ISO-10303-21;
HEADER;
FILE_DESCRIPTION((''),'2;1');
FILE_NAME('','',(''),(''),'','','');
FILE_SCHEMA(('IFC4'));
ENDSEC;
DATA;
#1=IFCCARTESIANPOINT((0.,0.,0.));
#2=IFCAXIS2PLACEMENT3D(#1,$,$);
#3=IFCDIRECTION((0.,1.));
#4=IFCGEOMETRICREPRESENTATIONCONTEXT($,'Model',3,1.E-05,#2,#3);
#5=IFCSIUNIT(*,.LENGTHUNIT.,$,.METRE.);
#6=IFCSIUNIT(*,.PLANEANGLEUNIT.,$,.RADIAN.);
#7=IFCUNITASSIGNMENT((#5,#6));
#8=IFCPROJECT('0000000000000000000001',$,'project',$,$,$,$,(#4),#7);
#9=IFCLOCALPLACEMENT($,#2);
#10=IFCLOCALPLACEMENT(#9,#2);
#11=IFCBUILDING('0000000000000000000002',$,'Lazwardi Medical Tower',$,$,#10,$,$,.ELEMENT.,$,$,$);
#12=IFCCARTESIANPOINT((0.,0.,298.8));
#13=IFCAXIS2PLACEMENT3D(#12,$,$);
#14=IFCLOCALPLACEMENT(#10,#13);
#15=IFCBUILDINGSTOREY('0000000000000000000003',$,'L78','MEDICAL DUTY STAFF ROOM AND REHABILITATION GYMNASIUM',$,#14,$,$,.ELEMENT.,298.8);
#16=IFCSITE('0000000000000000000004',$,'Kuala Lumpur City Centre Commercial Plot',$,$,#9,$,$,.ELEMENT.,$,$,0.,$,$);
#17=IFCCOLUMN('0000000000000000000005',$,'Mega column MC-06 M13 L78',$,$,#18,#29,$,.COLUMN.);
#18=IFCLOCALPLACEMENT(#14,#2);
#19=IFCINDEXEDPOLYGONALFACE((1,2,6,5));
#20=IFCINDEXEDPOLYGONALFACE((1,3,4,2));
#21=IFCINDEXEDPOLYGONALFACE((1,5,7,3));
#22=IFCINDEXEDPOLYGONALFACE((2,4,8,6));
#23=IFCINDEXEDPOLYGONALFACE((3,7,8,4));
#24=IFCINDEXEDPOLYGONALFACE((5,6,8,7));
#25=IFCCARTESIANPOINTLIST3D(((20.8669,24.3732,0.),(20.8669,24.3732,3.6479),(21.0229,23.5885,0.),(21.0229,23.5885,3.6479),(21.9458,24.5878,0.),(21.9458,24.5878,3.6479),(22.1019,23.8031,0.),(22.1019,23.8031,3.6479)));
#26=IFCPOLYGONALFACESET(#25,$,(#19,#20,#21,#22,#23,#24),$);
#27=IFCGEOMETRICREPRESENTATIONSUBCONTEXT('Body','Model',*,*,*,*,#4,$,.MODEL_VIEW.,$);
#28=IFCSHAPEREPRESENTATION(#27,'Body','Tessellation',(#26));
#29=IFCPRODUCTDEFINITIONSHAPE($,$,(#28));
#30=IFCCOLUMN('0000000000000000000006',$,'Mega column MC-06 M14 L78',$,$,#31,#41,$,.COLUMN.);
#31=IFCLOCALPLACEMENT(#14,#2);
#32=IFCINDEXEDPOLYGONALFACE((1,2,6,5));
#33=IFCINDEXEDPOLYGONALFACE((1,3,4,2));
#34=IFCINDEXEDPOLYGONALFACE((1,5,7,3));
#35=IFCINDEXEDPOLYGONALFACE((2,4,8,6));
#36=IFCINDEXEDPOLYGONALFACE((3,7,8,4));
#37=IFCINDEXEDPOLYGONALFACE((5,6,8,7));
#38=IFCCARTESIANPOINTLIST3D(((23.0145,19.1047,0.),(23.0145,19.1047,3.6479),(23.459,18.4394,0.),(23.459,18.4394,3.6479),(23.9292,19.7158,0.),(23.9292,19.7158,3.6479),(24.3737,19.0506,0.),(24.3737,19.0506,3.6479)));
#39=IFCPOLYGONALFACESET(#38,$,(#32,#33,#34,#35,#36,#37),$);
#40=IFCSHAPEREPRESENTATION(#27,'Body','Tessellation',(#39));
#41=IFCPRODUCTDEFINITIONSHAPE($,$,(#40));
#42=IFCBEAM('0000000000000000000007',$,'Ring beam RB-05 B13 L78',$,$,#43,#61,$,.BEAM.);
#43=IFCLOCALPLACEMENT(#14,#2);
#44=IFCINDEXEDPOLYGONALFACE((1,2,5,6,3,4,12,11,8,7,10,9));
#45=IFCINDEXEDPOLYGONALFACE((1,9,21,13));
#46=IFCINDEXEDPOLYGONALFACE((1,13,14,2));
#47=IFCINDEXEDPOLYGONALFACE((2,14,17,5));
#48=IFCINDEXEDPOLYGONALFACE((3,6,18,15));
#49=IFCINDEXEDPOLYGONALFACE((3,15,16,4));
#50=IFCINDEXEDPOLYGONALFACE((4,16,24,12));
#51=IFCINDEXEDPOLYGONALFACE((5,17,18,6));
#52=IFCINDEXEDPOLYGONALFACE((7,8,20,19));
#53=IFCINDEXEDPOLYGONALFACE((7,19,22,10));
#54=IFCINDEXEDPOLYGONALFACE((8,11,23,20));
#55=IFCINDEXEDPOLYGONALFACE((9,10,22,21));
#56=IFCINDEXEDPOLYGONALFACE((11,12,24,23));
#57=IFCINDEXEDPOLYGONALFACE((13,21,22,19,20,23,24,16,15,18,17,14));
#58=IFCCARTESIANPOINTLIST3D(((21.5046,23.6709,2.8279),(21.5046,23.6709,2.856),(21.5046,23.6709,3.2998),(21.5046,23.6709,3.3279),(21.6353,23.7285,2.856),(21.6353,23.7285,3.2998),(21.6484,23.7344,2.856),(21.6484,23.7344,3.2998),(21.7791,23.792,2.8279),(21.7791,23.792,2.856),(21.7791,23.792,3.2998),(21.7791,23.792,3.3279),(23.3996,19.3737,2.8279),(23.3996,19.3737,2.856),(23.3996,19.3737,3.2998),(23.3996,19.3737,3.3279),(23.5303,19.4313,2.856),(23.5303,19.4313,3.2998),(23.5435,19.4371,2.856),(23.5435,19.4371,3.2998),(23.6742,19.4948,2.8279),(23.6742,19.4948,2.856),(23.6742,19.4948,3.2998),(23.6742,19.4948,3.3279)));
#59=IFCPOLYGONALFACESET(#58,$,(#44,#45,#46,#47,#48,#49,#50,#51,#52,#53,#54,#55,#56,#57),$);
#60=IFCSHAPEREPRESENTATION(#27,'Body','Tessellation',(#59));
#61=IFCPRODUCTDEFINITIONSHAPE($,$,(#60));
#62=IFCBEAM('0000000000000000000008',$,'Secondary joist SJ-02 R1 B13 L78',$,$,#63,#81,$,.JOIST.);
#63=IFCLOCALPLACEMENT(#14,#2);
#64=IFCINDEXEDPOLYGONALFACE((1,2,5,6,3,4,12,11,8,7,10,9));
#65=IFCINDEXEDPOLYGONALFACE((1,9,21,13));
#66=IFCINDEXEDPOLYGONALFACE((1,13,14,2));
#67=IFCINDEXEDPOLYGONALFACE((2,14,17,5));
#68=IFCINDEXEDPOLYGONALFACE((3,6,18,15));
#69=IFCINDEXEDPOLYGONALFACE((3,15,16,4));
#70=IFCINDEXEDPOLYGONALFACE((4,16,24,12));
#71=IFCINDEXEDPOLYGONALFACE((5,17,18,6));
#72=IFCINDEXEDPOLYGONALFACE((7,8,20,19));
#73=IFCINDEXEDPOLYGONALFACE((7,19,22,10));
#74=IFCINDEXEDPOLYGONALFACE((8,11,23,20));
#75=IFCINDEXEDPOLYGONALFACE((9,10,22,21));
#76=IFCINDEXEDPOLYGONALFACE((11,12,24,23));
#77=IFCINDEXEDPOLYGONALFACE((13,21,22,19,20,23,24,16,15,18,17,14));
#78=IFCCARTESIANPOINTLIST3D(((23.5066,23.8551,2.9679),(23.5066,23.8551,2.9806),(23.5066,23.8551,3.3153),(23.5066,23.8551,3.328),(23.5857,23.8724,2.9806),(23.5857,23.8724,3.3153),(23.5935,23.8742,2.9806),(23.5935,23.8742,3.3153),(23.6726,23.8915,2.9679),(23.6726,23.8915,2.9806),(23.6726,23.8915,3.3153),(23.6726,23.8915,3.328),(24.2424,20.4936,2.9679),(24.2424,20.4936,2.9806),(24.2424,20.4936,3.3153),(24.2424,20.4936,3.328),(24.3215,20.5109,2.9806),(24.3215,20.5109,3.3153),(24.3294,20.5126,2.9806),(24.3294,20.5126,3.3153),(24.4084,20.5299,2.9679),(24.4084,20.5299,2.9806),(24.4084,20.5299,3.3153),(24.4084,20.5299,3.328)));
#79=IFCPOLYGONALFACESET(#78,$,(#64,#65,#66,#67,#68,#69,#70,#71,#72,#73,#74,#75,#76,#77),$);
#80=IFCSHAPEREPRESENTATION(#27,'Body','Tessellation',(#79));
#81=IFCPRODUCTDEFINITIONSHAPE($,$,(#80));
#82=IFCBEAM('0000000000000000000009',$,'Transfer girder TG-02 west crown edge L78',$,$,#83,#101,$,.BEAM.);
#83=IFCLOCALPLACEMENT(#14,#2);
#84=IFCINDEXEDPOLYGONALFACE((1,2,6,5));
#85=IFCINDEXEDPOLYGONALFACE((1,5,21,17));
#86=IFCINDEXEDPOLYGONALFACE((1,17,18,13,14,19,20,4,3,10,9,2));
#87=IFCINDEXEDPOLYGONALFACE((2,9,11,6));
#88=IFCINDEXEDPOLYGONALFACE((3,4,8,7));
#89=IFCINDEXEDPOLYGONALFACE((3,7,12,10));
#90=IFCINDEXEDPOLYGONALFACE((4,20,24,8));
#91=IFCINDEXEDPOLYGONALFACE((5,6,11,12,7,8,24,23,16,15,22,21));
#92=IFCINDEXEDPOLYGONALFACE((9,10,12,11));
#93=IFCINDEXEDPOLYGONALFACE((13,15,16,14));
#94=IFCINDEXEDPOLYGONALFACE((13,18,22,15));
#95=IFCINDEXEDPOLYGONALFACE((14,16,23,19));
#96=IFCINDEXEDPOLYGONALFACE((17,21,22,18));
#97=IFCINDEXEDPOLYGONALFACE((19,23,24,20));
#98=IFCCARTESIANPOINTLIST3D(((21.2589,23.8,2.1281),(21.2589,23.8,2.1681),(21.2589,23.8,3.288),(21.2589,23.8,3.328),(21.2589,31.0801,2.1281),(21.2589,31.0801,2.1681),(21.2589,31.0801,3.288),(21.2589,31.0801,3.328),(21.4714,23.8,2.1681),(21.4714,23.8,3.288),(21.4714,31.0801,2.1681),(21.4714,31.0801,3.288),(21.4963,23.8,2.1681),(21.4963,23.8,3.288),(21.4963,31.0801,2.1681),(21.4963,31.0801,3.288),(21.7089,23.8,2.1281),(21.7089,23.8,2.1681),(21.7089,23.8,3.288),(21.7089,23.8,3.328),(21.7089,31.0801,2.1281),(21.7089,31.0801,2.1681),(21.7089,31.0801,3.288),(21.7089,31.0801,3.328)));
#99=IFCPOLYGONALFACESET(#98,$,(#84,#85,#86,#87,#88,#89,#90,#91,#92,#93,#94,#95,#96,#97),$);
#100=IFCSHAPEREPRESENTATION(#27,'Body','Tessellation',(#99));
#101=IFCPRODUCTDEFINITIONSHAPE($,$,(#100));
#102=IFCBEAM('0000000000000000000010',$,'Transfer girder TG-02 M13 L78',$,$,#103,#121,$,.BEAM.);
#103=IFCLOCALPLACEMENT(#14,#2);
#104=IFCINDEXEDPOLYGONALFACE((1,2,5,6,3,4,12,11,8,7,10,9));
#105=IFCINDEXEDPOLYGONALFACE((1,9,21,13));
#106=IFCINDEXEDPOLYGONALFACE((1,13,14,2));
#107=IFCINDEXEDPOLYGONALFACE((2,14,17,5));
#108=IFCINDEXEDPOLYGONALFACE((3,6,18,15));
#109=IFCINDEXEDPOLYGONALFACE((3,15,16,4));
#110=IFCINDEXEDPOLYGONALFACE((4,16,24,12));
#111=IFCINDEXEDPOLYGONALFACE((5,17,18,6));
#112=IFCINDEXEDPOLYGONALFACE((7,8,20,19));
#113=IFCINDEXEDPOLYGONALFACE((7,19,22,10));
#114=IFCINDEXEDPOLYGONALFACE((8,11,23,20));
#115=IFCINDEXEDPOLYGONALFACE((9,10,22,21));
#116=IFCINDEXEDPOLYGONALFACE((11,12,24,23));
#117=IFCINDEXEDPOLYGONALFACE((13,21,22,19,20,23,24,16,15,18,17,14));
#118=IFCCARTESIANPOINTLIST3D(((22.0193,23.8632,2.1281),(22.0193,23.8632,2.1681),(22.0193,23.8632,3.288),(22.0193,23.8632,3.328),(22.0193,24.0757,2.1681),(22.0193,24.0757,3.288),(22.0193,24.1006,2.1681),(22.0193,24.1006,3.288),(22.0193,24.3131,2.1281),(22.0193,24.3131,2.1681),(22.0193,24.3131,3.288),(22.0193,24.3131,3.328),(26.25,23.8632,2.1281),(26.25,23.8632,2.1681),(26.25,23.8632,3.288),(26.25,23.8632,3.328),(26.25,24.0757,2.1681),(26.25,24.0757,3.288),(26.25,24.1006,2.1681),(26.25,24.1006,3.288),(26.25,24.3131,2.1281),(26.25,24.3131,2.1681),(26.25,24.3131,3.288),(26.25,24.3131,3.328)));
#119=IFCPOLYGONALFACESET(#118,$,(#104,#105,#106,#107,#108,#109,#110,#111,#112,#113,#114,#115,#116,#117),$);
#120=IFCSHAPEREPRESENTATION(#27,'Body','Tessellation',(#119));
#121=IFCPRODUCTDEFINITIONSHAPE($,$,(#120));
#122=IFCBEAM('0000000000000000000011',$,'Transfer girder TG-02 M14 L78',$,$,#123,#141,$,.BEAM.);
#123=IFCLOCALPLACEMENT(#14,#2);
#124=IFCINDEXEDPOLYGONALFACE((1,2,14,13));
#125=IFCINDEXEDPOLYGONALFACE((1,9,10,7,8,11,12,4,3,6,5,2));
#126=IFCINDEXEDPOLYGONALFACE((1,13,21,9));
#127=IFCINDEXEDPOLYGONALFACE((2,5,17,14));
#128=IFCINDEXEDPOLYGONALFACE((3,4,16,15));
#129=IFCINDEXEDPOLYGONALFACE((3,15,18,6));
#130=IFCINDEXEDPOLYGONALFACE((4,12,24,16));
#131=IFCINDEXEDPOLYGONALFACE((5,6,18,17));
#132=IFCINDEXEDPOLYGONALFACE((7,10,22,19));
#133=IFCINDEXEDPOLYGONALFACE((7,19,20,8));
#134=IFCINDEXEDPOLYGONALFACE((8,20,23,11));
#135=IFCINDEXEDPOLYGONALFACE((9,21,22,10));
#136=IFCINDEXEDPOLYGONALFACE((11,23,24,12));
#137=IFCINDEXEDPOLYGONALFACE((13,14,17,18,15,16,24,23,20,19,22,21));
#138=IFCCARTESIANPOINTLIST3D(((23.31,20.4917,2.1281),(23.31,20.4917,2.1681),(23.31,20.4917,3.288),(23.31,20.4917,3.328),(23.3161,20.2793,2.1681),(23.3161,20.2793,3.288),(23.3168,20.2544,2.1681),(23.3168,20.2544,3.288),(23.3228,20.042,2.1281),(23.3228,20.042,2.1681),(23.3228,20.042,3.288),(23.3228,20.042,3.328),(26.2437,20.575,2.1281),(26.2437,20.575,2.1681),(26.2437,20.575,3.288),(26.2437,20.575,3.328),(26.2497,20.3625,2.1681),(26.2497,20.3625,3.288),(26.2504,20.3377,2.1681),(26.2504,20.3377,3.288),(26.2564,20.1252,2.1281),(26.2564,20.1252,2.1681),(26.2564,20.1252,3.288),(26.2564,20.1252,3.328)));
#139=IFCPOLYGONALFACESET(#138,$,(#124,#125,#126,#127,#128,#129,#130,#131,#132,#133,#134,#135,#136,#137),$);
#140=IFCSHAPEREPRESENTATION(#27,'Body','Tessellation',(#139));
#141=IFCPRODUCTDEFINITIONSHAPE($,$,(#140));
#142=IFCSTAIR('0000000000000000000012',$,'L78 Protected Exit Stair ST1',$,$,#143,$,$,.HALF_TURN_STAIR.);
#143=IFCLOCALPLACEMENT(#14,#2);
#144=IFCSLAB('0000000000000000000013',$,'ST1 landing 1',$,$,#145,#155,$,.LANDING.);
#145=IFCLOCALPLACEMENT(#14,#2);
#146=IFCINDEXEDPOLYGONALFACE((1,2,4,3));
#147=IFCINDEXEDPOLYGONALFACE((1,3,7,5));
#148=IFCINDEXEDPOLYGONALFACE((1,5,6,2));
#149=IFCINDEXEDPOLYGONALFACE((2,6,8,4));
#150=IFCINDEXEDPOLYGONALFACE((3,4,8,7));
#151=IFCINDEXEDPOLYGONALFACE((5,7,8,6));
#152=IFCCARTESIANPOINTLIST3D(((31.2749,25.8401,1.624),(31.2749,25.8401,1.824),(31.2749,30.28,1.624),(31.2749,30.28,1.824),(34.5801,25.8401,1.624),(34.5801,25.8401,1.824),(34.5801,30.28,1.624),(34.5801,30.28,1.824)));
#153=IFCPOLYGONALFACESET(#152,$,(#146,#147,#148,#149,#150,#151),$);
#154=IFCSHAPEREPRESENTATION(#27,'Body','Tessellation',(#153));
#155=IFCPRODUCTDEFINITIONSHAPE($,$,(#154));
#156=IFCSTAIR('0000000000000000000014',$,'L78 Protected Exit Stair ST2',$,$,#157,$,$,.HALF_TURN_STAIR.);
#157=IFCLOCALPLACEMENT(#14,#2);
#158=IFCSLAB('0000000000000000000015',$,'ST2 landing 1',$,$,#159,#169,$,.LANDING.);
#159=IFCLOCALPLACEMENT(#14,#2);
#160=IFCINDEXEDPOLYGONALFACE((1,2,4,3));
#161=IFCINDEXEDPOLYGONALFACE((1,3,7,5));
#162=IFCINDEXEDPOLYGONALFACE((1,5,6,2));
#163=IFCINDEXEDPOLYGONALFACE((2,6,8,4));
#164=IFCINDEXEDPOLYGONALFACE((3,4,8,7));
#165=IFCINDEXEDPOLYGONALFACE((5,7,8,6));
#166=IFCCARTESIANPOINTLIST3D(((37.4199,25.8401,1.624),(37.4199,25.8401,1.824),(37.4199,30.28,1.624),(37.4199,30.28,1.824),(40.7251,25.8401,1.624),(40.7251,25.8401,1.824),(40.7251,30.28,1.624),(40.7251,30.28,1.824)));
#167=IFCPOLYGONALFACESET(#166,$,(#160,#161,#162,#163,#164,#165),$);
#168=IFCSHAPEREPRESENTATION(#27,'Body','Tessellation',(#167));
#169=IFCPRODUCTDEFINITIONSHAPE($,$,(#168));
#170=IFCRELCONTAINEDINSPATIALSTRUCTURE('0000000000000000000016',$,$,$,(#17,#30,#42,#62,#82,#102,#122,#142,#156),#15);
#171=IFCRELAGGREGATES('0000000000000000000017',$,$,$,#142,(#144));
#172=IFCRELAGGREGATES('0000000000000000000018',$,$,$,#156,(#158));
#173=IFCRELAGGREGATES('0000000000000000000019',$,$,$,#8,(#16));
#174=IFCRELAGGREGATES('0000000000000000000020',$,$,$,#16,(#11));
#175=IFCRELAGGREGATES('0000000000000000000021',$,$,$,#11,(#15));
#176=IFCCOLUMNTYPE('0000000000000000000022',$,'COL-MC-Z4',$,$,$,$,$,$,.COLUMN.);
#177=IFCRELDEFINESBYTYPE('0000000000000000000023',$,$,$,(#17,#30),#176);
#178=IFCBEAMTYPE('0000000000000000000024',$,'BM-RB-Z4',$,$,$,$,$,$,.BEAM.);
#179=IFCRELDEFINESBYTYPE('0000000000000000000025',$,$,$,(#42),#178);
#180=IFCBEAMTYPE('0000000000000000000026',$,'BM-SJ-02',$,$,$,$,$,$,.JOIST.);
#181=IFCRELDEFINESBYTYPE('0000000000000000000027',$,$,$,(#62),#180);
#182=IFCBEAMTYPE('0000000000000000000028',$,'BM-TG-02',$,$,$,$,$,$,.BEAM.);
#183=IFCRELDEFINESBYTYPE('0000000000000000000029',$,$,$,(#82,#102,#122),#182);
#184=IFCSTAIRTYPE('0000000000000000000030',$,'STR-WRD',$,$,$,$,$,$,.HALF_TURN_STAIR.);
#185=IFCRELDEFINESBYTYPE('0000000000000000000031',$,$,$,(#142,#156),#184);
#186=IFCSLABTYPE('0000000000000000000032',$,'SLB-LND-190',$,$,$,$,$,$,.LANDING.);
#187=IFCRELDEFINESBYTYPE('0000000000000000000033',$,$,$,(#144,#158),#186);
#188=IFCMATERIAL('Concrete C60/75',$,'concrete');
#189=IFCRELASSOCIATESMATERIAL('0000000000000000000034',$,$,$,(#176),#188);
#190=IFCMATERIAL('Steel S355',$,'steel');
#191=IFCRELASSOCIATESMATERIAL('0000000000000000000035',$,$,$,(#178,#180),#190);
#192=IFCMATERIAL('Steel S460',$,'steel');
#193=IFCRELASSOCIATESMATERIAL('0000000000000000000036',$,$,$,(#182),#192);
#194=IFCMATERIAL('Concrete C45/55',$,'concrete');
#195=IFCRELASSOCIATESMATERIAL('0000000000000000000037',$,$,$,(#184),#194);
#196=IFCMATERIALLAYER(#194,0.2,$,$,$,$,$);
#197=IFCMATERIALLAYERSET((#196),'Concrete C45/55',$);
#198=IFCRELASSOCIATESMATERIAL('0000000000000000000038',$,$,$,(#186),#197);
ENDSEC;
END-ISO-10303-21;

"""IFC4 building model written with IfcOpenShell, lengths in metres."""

from ifc_helpers import new_model, si_unit, direction, frame, origin, origin_2d, place, context, subcontext, project, spatial, polyline, rectangle, i_section, outline, extrude, material, layer, layer_set, material_profile, profile_set, type_object, element, aggregate, save


model = new_model("IFC4")

# Units and contexts
model_context = context("Model", 3, precision=1e-05, world=origin(), true_north=direction((0.0, 1.0)))
body_context = subcontext(model_context, "Body", "Model", "MODEL_VIEW")
ifc_project = project(units=[si_unit("LENGTHUNIT", "METRE"), si_unit("PLANEANGLEUNIT", "RADIAN")], contexts=[model_context])

# Site, building, storey
site_placement = place(None, origin())
site = spatial("IfcSite", under=ifc_project, at=site_placement, Name="Kuala Lumpur City Centre Commercial Plot", CompositionType="ELEMENT", RefElevation=0.0)
building_placement = place(site_placement, origin())
building = spatial("IfcBuilding", under=site, at=building_placement, Name="Lazwardi Medical Tower", CompositionType="ELEMENT")
storey_placement = place(building_placement, frame((0.0, 0.0, 298.8)))
storey = spatial("IfcBuildingStorey", under=building, at=storey_placement, Name="L78", Description="MEDICAL DUTY STAFF ROOM AND REHABILITATION GYMNASIUM", CompositionType="ELEMENT", Elevation=298.8)

# Columns
ifc_material_1 = material(Name="Concrete C60/75", Category="concrete")
ifc_material_profile_1 = material_profile(ifc_material_1, rectangle(XDim=1.1001, YDim=0.8, at=origin_2d()), Name="CFT-RECT 1100x800")
ifc_profile_set_1 = profile_set([ifc_material_profile_1], Name="Concrete C60/75")
column_type = type_object("IfcColumnType", Name="COL-MC-Z4", PredefinedType="COLUMN", material=ifc_profile_set_1)
for number, where, z_axis, x_axis, name in (
    (1, (21.4844, 24.0881, 0.0), (0.0, 0.0, 1.0), (-0.980785, -0.19509, 0.0), "Mega column MC-06 M13 L78"),
    (2, (23.6941, 19.0776, 0.0), (0.0, 0.0, 1.0), (-0.83147, -0.55557, 0.0), "Mega column MC-06 M14 L78"),
):
    element("IfcColumn", number, at=place(storey_placement, frame(where, z_axis=z_axis, x_axis=x_axis)), inside=storey, type_object=column_type, Name=name, PredefinedType="COLUMN", context=body_context, shape_type="SweptSolid", body=[
        extrude(rectangle(XDim=1.1001, YDim=0.8, at=origin_2d()), origin(), (0.0, 0.0, 1.0), 3.6479),
    ])

# Beams
ifc_material_2 = material(Name="Steel S355", Category="steel")
ifc_material_profile_2 = material_profile(ifc_material_2, i_section(OverallWidth=0.3, OverallDepth=0.5, WebThickness=0.0144, FlangeThickness=0.0281, at=origin_2d()), Name="HEB 500")
ifc_profile_set_2 = profile_set([ifc_material_profile_2], Name="Steel S355")
beam_type_1 = type_object("IfcBeamType", Name="BM-RB-Z4", PredefinedType="BEAM", material=ifc_profile_set_2)
beam_1_placement = place(storey_placement, frame((21.6418, 23.7314, 3.0779), z_axis=(0.403503, -0.914978, 0.0), x_axis=(0.914978, 0.403503, 0.0)))
element("IfcBeam", 3, at=beam_1_placement, inside=storey, type_object=beam_type_1, Name="Ring beam RB-05 B13 L78", PredefinedType="BEAM", context=body_context, shape_type="SweptSolid", body=[
    extrude(i_section(OverallWidth=0.3, OverallDepth=0.5, WebThickness=0.0144, FlangeThickness=0.0281, at=origin_2d()), origin(), (0.0, 0.0, 1.0), 4.6965),
])
ifc_material_profile_3 = material_profile(ifc_material_2, i_section(OverallWidth=0.1699, OverallDepth=0.3601, WebThickness=0.0081, FlangeThickness=0.0127, at=origin_2d()), Name="IPE 360")
ifc_profile_set_3 = profile_set([ifc_material_profile_3], Name="Steel S355")
beam_type_2 = type_object("IfcBeamType", Name="BM-SJ-02", PredefinedType="JOIST", material=ifc_profile_set_3)
beam_2_placement = place(storey_placement, frame((23.5896, 23.8733, 3.1479), z_axis=(0.213834, -0.97687, 0.0), x_axis=(0.97687, 0.213834, 0.0)))
element("IfcBeam", 4, at=beam_2_placement, inside=storey, type_object=beam_type_2, Name="Secondary joist SJ-02 R1 B13 L78", PredefinedType="JOIST", context=body_context, shape_type="SweptSolid", body=[
    extrude(i_section(OverallWidth=0.1699, OverallDepth=0.3601, WebThickness=0.0081, FlangeThickness=0.0127, at=origin_2d()), origin(), (0.0, 0.0, 1.0), 3.4412),
])
ifc_material_3 = material(Name="Steel S460", Category="steel")
ifc_material_profile_4 = material_profile(ifc_material_3, i_section(OverallWidth=0.45, OverallDepth=1.2, WebThickness=0.0249, FlangeThickness=0.04, at=origin_2d()), Name="PG 1200x450")
ifc_profile_set_4 = profile_set([ifc_material_profile_4], Name="Steel S460")
beam_type_3 = type_object("IfcBeamType", Name="BM-TG-02", PredefinedType="BEAM", material=ifc_profile_set_4)
beam_3_placement = place(storey_placement, frame((21.4839, 23.8, 2.728), z_axis=(0.0, 1.0, 0.0), x_axis=(-1.0, 0.0, 0.0)))
element("IfcBeam", 5, at=beam_3_placement, inside=storey, type_object=beam_type_3, Name="Transfer girder TG-02 west crown edge L78", PredefinedType="BEAM", context=body_context, shape_type="SweptSolid", body=[
    extrude(i_section(OverallWidth=0.45, OverallDepth=1.2, WebThickness=0.0249, FlangeThickness=0.04, at=origin_2d()), origin(), (0.0, 0.0, 1.0), 7.28),
])
beam_4_placement = place(storey_placement, frame((22.0193, 24.0881, 2.728), z_axis=(1.0, 0.0, 0.0), x_axis=(0.0, 1.0, 0.0)))
element("IfcBeam", 6, at=beam_4_placement, inside=storey, type_object=beam_type_3, Name="Transfer girder TG-02 M13 L78", PredefinedType="BEAM", context=body_context, shape_type="SweptSolid", body=[
    extrude(i_section(OverallWidth=0.45, OverallDepth=1.2, WebThickness=0.0249, FlangeThickness=0.04, at=origin_2d()), origin(), (0.0, 0.0, 1.0), 4.2307),
])
beam_5_placement = place(storey_placement, frame((23.3164, 20.2668, 2.728), z_axis=(0.999598, 0.028367, 0.0), x_axis=(-0.028367, 0.999598, 0.0)))
element("IfcBeam", 7, at=beam_5_placement, inside=storey, type_object=beam_type_3, Name="Transfer girder TG-02 M14 L78", PredefinedType="BEAM", context=body_context, shape_type="SweptSolid", body=[
    extrude(i_section(OverallWidth=0.45, OverallDepth=1.2, WebThickness=0.0249, FlangeThickness=0.04, at=origin_2d()), origin(), (0.0, 0.0, 1.0), 2.9348),
])

# Stairs, slabs
ifc_material_4 = material(Name="Concrete C45/55", Category="concrete")
stair_type = type_object("IfcStairType", Name="STR-WRD", PredefinedType="HALF_TURN_STAIR", material=ifc_material_4)
stair_1_placement = place(storey_placement, origin())
stair_1 = element("IfcStair", 8, at=stair_1_placement, inside=storey, type_object=stair_type, Name="L78 Protected Exit Stair ST1", PredefinedType="HALF_TURN_STAIR")
ifc_layer_1 = layer(ifc_material_4, 0.2)
ifc_layer_set_1 = layer_set([ifc_layer_1], Name="Concrete C45/55")
slab_type_1 = type_object("IfcSlabType", Name="SLB-LND-190", PredefinedType="LANDING", material=ifc_layer_set_1)
slab_1_placement = place(storey_placement, frame((0.0, 0.0, 1.624)))
slab_1 = element("IfcSlab", 9, at=slab_1_placement, type_object=slab_type_1, Name="ST1 landing 1", PredefinedType="LANDING", context=body_context, shape_type="SweptSolid", body=[
    extrude(outline(polyline([(31.2749, 25.8401), (34.5801, 25.8401), (34.5801, 30.28), (31.2749, 30.28), (31.2749, 25.8401)])), origin(), (0.0, 0.0, 1.0), 0.2),
])
aggregate(stair_1, [slab_1])
stair_2_placement = place(storey_placement, origin())
stair_2 = element("IfcStair", 10, at=stair_2_placement, inside=storey, type_object=stair_type, Name="L78 Protected Exit Stair ST2", PredefinedType="HALF_TURN_STAIR")
slab_2_placement = place(storey_placement, frame((0.0, 0.0, 1.624)))
slab_2 = element("IfcSlab", 11, at=slab_2_placement, type_object=slab_type_1, Name="ST2 landing 1", PredefinedType="LANDING", context=body_context, shape_type="SweptSolid", body=[
    extrude(outline(polyline([(40.7251, 30.28), (37.4199, 30.28), (37.4199, 25.8401), (40.7251, 25.8401), (40.7251, 30.28)])), origin(), (0.0, 0.0, 1.0), 0.2),
])
aggregate(stair_2, [slab_2])

save(model, "model.ifc")
